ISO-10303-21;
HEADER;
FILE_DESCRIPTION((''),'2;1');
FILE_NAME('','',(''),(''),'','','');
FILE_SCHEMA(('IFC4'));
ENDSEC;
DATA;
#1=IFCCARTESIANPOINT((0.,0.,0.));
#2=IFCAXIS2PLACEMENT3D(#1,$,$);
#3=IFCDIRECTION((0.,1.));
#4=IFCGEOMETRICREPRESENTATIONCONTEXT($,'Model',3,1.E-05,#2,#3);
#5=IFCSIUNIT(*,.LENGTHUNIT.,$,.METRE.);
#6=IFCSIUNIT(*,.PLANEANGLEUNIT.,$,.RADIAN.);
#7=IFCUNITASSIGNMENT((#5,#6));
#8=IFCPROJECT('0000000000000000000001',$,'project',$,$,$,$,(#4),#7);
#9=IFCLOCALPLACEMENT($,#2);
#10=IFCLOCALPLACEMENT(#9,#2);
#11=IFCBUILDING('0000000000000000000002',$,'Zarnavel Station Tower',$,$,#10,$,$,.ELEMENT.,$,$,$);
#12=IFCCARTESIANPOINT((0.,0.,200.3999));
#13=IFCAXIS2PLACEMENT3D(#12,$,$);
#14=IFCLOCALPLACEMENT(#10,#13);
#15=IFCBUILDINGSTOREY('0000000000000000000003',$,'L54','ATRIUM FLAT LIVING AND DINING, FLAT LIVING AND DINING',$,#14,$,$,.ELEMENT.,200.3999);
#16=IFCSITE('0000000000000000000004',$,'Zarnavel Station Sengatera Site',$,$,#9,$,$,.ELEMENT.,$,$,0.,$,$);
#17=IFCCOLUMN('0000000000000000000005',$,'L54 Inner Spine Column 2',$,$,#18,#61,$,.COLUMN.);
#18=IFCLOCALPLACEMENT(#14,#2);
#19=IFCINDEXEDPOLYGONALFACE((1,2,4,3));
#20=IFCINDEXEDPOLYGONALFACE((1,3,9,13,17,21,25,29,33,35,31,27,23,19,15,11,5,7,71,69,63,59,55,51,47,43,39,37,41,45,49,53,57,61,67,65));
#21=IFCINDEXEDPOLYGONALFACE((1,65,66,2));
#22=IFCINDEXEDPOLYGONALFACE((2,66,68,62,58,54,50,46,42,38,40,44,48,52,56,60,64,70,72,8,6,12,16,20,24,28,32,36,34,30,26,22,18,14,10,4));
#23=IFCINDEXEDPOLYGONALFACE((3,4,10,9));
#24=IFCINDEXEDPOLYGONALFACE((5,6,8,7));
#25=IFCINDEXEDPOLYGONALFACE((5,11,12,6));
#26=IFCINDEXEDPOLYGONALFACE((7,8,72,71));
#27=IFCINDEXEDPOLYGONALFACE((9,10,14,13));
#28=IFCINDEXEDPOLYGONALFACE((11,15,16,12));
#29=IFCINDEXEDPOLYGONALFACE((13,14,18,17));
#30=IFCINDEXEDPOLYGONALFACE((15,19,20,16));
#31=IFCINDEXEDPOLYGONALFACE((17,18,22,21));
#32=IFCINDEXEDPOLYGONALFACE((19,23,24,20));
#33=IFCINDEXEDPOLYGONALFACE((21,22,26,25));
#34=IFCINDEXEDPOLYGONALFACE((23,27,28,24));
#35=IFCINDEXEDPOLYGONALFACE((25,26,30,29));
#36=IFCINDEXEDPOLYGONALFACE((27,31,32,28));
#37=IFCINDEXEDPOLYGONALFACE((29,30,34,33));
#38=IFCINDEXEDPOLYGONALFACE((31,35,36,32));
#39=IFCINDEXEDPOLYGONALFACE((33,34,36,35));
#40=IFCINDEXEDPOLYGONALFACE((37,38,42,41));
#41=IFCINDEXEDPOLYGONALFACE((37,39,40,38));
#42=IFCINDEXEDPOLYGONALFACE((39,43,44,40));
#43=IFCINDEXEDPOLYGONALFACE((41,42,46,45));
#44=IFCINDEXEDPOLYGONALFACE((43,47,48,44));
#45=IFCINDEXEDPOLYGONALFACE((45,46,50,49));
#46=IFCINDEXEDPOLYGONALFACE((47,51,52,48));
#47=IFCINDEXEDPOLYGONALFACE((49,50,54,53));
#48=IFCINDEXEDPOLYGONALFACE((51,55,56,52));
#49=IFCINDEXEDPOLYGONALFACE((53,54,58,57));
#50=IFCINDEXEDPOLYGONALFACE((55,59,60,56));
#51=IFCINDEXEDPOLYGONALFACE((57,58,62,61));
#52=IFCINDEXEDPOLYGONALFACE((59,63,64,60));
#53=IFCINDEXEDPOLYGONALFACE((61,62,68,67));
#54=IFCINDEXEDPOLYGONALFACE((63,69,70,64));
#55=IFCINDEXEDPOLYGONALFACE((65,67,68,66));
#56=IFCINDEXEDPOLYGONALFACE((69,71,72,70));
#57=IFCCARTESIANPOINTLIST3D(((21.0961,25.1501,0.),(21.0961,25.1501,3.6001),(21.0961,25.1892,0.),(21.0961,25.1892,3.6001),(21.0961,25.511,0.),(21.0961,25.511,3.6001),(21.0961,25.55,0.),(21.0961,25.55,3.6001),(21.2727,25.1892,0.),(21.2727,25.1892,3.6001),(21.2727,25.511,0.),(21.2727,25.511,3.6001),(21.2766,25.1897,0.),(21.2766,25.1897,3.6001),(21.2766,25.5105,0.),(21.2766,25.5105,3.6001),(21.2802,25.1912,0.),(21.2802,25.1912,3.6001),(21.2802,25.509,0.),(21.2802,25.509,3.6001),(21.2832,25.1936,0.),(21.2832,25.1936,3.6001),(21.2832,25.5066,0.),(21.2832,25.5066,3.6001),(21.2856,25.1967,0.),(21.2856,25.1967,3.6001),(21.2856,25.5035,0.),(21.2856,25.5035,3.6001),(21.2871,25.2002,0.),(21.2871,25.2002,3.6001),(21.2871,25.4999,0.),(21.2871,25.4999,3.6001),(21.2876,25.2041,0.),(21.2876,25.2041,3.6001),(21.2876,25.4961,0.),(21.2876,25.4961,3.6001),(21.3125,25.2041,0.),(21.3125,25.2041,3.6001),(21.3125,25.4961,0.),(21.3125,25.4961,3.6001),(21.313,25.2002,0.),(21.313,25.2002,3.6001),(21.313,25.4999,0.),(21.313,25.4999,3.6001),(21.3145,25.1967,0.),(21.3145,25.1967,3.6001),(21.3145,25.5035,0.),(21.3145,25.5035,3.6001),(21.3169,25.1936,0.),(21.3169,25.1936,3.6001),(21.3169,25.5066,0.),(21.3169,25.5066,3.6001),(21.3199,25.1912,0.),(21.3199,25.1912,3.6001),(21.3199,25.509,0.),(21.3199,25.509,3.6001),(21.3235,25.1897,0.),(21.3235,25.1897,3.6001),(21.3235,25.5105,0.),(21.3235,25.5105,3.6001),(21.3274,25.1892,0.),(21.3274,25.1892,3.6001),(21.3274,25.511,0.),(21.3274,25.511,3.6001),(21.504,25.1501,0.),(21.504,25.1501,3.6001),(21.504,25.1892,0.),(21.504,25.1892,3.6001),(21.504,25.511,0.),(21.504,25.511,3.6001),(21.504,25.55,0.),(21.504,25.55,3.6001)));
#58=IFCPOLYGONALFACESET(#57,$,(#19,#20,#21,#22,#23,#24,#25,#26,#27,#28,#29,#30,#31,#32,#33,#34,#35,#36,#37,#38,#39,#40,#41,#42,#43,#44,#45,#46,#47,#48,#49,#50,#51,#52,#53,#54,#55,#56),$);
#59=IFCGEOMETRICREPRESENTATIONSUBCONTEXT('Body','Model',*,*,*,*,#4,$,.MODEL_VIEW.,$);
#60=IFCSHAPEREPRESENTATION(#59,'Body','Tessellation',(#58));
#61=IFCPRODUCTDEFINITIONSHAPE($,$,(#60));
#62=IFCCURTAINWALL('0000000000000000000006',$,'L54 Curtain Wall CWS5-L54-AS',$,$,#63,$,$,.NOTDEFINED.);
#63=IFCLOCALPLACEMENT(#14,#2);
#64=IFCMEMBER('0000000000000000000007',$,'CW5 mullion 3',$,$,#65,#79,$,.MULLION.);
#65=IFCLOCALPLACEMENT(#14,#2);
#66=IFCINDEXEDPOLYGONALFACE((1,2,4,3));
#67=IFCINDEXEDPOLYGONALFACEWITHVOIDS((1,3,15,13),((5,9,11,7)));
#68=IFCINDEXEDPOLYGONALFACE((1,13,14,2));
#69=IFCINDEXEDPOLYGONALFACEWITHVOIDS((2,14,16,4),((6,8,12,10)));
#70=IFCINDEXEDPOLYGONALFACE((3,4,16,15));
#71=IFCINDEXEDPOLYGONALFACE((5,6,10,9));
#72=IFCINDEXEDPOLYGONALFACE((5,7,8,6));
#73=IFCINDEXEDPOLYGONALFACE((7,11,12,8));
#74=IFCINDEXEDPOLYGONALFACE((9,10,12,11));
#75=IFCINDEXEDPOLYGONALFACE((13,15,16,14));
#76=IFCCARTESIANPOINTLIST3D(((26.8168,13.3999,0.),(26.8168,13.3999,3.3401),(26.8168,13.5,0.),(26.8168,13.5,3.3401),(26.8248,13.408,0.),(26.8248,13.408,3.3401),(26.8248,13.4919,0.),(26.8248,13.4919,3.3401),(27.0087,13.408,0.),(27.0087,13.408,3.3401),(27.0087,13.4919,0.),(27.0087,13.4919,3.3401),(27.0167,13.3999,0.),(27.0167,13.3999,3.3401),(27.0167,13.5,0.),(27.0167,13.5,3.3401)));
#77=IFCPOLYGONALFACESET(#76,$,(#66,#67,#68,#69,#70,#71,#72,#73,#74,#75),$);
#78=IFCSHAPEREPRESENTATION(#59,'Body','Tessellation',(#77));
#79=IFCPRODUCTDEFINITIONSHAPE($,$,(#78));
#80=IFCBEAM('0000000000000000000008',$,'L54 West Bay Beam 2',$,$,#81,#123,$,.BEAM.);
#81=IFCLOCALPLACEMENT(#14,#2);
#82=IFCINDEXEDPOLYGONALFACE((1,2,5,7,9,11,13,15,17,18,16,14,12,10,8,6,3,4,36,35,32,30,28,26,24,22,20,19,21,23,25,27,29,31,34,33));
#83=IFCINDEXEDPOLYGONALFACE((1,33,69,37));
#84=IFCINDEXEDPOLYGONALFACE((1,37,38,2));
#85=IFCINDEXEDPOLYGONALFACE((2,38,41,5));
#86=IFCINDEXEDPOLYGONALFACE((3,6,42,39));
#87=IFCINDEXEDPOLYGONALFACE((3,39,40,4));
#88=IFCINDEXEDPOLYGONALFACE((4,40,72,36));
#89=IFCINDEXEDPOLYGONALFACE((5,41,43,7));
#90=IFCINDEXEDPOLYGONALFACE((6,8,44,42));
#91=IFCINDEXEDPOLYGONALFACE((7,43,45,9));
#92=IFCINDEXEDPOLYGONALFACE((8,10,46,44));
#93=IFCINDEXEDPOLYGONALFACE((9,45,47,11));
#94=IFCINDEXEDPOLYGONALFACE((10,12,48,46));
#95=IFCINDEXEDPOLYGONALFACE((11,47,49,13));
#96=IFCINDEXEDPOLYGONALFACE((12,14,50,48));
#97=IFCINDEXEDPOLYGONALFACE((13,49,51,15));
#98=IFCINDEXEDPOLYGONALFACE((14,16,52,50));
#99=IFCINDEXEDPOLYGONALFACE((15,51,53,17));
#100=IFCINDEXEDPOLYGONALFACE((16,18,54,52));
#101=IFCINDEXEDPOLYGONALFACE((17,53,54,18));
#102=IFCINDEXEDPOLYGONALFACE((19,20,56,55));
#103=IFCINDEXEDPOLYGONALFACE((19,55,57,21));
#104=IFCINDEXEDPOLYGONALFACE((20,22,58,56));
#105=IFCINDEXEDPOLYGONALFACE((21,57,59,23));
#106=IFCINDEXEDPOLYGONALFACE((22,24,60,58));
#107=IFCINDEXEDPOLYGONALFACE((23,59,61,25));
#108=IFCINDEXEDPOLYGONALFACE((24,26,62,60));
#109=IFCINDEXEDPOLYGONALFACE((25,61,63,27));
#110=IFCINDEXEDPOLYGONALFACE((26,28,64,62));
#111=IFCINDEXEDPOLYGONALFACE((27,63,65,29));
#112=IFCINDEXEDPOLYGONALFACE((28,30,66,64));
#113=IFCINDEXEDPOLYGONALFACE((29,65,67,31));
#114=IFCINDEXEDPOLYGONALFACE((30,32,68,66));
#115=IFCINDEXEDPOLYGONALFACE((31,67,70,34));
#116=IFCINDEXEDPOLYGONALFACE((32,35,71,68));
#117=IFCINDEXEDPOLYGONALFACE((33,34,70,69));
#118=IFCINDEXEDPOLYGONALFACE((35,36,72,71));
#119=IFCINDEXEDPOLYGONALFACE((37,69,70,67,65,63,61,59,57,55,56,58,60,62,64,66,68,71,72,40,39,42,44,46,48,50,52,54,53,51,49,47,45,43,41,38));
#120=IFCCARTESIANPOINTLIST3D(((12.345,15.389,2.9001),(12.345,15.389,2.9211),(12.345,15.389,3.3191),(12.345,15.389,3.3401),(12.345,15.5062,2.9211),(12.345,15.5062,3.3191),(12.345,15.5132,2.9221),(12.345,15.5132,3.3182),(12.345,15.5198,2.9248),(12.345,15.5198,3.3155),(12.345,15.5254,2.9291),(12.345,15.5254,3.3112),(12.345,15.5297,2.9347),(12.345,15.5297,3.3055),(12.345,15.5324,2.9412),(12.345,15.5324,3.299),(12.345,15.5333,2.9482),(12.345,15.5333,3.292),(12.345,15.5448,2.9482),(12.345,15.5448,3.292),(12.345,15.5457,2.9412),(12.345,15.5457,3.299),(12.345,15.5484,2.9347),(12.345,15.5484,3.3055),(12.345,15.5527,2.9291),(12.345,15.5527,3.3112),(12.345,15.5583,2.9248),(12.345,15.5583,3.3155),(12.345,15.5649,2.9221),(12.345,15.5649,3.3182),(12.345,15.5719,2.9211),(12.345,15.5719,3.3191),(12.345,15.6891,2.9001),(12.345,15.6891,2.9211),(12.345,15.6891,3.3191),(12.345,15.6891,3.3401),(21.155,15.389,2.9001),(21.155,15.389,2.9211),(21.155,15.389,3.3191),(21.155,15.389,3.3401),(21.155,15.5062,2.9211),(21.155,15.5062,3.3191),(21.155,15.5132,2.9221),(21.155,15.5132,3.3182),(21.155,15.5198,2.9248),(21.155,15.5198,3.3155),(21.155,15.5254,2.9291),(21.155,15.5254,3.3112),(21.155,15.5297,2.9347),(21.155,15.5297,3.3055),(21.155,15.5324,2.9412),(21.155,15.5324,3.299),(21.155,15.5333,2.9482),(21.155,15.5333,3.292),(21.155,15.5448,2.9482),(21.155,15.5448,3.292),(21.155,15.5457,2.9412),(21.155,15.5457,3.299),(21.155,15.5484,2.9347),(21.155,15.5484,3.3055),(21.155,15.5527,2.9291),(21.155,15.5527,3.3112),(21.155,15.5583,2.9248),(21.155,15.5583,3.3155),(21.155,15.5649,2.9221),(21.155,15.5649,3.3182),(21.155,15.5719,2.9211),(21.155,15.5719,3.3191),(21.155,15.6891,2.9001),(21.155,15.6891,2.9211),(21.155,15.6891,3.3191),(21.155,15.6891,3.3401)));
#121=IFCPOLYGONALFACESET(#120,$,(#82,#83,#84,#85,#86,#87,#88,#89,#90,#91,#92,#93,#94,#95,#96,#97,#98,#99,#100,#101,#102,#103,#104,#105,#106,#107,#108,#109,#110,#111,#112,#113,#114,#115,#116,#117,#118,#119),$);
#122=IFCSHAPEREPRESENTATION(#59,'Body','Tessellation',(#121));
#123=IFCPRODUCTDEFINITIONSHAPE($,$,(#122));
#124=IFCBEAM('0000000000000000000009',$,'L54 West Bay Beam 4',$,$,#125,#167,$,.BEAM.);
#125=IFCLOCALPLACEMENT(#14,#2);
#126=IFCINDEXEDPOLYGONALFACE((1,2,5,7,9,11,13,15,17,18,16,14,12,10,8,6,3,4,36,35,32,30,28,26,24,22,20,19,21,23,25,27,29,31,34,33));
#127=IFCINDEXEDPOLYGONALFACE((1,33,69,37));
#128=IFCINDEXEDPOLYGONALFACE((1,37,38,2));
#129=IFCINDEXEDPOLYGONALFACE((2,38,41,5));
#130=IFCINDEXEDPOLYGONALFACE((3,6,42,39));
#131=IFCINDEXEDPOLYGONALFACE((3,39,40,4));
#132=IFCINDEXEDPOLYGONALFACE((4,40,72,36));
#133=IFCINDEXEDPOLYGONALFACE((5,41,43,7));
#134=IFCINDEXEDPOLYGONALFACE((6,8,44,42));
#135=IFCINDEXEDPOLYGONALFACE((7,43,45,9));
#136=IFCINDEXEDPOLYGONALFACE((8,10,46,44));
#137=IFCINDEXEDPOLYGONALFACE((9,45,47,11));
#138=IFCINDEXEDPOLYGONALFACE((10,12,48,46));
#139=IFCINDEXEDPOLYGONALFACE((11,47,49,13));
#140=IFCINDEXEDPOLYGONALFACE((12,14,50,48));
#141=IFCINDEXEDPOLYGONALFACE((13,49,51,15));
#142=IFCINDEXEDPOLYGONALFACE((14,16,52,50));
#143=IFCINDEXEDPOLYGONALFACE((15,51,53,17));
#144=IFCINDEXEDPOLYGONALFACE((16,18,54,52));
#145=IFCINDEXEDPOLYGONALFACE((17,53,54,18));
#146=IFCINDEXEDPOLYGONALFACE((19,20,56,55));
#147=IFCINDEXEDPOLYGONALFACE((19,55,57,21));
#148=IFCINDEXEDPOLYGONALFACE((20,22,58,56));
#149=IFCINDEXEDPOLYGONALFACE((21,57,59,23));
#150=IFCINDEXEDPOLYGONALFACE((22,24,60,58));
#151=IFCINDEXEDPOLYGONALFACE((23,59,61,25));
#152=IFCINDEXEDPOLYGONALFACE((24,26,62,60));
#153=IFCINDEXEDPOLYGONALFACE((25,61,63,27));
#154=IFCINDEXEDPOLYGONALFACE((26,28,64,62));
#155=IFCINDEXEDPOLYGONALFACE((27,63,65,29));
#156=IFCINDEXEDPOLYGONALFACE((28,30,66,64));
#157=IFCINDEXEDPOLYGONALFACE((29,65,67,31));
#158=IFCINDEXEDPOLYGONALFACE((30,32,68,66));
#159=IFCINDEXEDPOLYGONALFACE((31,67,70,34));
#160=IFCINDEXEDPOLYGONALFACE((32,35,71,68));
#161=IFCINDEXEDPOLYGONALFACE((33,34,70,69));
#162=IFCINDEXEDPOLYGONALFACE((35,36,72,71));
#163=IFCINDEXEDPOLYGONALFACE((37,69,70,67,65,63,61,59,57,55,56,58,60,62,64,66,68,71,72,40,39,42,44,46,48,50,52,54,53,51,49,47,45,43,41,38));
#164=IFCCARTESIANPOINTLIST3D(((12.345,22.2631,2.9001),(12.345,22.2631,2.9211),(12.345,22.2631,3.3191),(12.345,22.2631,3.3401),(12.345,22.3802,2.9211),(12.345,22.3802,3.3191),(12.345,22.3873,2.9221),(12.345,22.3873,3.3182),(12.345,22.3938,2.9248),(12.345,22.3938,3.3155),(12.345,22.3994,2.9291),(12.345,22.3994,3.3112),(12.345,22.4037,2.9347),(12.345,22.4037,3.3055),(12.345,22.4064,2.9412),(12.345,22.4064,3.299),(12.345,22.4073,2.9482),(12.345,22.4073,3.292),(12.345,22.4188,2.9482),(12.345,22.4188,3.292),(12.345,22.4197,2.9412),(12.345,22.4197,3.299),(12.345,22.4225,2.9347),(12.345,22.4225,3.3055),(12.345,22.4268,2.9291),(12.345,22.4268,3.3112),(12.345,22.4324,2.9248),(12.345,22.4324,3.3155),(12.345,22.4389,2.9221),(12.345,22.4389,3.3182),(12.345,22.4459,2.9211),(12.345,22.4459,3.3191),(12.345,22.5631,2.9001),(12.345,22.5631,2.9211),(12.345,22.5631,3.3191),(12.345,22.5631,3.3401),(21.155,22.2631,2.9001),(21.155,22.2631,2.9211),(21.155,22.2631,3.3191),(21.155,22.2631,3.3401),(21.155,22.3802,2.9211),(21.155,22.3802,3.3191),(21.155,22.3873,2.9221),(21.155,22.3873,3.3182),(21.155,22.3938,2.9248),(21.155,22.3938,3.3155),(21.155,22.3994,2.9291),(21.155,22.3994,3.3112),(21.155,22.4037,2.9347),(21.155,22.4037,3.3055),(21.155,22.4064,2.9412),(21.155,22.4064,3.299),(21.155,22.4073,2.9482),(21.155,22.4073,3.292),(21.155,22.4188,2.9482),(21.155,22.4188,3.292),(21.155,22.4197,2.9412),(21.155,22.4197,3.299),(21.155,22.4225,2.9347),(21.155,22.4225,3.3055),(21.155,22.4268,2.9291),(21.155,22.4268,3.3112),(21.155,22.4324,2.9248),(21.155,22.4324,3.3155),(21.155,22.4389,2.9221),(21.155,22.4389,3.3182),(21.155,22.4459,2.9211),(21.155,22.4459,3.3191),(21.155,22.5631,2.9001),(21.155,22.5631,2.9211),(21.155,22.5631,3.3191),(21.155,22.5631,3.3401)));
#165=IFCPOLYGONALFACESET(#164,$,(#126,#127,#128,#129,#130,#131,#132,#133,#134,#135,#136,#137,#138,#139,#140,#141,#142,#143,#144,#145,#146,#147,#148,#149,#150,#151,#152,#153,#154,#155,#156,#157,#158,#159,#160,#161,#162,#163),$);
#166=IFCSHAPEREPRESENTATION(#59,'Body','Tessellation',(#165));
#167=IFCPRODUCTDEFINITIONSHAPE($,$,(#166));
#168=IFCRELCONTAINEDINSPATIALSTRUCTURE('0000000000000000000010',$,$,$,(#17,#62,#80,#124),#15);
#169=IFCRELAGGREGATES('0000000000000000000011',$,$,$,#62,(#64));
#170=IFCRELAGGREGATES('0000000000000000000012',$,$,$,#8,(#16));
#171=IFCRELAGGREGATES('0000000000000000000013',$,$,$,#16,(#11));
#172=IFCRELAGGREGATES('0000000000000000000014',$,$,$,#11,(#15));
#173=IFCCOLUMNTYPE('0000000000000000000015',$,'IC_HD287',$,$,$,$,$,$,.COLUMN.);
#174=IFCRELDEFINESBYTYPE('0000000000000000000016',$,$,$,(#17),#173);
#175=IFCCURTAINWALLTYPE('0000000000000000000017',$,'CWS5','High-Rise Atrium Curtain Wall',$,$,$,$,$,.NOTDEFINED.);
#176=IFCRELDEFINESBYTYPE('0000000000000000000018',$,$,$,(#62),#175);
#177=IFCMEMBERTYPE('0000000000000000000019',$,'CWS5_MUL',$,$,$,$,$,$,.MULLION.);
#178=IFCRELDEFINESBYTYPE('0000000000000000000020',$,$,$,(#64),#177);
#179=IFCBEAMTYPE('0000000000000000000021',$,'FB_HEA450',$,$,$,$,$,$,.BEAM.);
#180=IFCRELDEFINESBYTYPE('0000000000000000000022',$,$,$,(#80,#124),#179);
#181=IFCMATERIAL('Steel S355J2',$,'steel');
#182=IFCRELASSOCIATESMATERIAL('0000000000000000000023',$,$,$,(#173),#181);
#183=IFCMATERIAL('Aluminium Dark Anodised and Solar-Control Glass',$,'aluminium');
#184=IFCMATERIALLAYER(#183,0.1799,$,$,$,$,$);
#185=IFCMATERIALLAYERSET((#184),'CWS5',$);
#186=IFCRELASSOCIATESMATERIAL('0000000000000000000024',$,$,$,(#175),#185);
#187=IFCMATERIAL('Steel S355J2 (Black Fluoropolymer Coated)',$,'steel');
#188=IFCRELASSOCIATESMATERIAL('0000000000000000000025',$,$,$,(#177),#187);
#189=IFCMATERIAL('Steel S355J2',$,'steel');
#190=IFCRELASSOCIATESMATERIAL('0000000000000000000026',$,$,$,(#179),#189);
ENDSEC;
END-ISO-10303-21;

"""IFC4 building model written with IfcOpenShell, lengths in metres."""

from ifc_helpers import new_model, si_unit, direction, frame, origin, origin_2d, place, context, subcontext, project, spatial, hollow_rectangle, i_section, extrude, material, layer, layer_set, material_profile, profile_set, type_object, element, aggregate, save


model = new_model("IFC4")

# Units and contexts
model_context = context("Model", 3, precision=1e-05, world=origin(), true_north=direction((0.0, 1.0)))
body_context = subcontext(model_context, "Body", "Model", "MODEL_VIEW")
ifc_project = project(units=[si_unit("LENGTHUNIT", "METRE"), si_unit("PLANEANGLEUNIT", "RADIAN")], contexts=[model_context])

# Site, building, storey
site_placement = place(None, origin())
site = spatial("IfcSite", under=ifc_project, at=site_placement, Name="Zarnavel Station Sengatera Site", CompositionType="ELEMENT", RefElevation=0.0)
building_placement = place(site_placement, origin())
building = spatial("IfcBuilding", under=site, at=building_placement, Name="Zarnavel Station Tower", CompositionType="ELEMENT")
storey_placement = place(building_placement, frame((0.0, 0.0, 200.3999)))
storey = spatial("IfcBuildingStorey", under=building, at=storey_placement, Name="L54", Description="ATRIUM FLAT LIVING AND DINING, FLAT LIVING AND DINING", CompositionType="ELEMENT", Elevation=200.3999)

# Column
ifc_material_1 = material(Name="Steel S355J2", Category="steel")
ifc_material_profile_1 = material_profile(ifc_material_1, i_section(OverallWidth=0.408, OverallDepth=0.3999, WebThickness=0.0249, FlangeThickness=0.0391, FilletRadius=0.0149, at=origin_2d()), Name="HD400x287")
ifc_profile_set_1 = profile_set([ifc_material_profile_1], Name="Steel S355J2")
column_type = type_object("IfcColumnType", Name="IC_HD287", PredefinedType="COLUMN", material=ifc_profile_set_1)
column_placement = place(storey_placement, frame((21.3, 25.3501, 0.0), z_axis=(0.0, 0.0, 1.0), x_axis=(1.0, 0.0, 0.0)))
element("IfcColumn", 1, at=column_placement, inside=storey, type_object=column_type, Name="L54 Inner Spine Column 2", PredefinedType="COLUMN", context=body_context, shape_type="SweptSolid", body=[
    extrude(i_section(OverallWidth=0.408, OverallDepth=0.3999, WebThickness=0.0249, FlangeThickness=0.0391, FilletRadius=0.0149, at=origin_2d()), origin(), (0.0, 0.0, 1.0), 3.6001),
])

# Curtain wall, member
ifc_material_2 = material(Name="Aluminium Dark Anodised and Solar-Control Glass", Category="aluminium")
ifc_layer_1 = layer(ifc_material_2, 0.1799)
ifc_layer_set_1 = layer_set([ifc_layer_1], Name="CWS5")
curtain_wall_type = type_object("IfcCurtainWallType", Name="CWS5", Description="High-Rise Atrium Curtain Wall", PredefinedType="NOTDEFINED", material=ifc_layer_set_1)
curtain_wall_placement = place(storey_placement, origin())
curtain_wall = element("IfcCurtainWall", 2, at=curtain_wall_placement, inside=storey, type_object=curtain_wall_type, Name="L54 Curtain Wall CWS5-L54-AS", PredefinedType="NOTDEFINED")
ifc_material_3 = material(Name="Steel S355J2 (Black Fluoropolymer Coated)", Category="steel")
ifc_material_profile_2 = material_profile(ifc_material_3, hollow_rectangle(XDim=0.1001, YDim=0.2, WallThickness=0.0081, at=origin_2d()), Name="RHS200x100x8")
ifc_profile_set_2 = profile_set([ifc_material_profile_2], Name="Steel S355J2 (Black Fluoropolymer Coated)")
member_type = type_object("IfcMemberType", Name="CWS5_MUL", PredefinedType="MULLION", material=ifc_profile_set_2)
member_placement = place(storey_placement, frame((26.9167, 13.45, 0.0), z_axis=(0.0, 0.0, 1.0), x_axis=(0.0, 1.0, 0.0)))
member = element("IfcMember", 3, at=member_placement, type_object=member_type, Name="CW5 mullion 3", PredefinedType="MULLION", context=body_context, shape_type="SweptSolid", body=[
    extrude(hollow_rectangle(XDim=0.1001, YDim=0.2, WallThickness=0.0081, at=origin_2d()), origin(), (0.0, 0.0, 1.0), 3.3401),
])

# Beams
ifc_material_4 = material(Name="Steel S355J2", Category="steel")
ifc_material_profile_3 = material_profile(ifc_material_4, i_section(OverallWidth=0.3, OverallDepth=0.4399, WebThickness=0.0115, FlangeThickness=0.021, FilletRadius=0.0271, at=origin_2d()), Name="HEA450")
ifc_profile_set_3 = profile_set([ifc_material_profile_3], Name="Steel S355J2")
beam_type_1 = type_object("IfcBeamType", Name="FB_HEA450", PredefinedType="BEAM", material=ifc_profile_set_3)
for number, where, z_axis, x_axis, name in (
    (4, (12.345, 15.5391, 3.1201), (1.0, 0.0, 0.0), (0.0, 1.0, 0.0), "L54 West Bay Beam 2"),
    (5, (12.345, 22.4131, 3.1201), (1.0, 0.0, 0.0), (0.0, 1.0, 0.0), "L54 West Bay Beam 4"),
):
    element("IfcBeam", number, at=place(storey_placement, frame(where, z_axis=z_axis, x_axis=x_axis)), inside=storey, type_object=beam_type_1, Name=name, PredefinedType="BEAM", context=body_context, shape_type="SweptSolid", body=[
        extrude(i_section(OverallWidth=0.3, OverallDepth=0.4399, WebThickness=0.0115, FlangeThickness=0.021, FilletRadius=0.0271, at=origin_2d()), origin(), (0.0, 0.0, 1.0), 8.8101),
    ])

aggregate(curtain_wall, [member])

save(model, "model.ifc")
